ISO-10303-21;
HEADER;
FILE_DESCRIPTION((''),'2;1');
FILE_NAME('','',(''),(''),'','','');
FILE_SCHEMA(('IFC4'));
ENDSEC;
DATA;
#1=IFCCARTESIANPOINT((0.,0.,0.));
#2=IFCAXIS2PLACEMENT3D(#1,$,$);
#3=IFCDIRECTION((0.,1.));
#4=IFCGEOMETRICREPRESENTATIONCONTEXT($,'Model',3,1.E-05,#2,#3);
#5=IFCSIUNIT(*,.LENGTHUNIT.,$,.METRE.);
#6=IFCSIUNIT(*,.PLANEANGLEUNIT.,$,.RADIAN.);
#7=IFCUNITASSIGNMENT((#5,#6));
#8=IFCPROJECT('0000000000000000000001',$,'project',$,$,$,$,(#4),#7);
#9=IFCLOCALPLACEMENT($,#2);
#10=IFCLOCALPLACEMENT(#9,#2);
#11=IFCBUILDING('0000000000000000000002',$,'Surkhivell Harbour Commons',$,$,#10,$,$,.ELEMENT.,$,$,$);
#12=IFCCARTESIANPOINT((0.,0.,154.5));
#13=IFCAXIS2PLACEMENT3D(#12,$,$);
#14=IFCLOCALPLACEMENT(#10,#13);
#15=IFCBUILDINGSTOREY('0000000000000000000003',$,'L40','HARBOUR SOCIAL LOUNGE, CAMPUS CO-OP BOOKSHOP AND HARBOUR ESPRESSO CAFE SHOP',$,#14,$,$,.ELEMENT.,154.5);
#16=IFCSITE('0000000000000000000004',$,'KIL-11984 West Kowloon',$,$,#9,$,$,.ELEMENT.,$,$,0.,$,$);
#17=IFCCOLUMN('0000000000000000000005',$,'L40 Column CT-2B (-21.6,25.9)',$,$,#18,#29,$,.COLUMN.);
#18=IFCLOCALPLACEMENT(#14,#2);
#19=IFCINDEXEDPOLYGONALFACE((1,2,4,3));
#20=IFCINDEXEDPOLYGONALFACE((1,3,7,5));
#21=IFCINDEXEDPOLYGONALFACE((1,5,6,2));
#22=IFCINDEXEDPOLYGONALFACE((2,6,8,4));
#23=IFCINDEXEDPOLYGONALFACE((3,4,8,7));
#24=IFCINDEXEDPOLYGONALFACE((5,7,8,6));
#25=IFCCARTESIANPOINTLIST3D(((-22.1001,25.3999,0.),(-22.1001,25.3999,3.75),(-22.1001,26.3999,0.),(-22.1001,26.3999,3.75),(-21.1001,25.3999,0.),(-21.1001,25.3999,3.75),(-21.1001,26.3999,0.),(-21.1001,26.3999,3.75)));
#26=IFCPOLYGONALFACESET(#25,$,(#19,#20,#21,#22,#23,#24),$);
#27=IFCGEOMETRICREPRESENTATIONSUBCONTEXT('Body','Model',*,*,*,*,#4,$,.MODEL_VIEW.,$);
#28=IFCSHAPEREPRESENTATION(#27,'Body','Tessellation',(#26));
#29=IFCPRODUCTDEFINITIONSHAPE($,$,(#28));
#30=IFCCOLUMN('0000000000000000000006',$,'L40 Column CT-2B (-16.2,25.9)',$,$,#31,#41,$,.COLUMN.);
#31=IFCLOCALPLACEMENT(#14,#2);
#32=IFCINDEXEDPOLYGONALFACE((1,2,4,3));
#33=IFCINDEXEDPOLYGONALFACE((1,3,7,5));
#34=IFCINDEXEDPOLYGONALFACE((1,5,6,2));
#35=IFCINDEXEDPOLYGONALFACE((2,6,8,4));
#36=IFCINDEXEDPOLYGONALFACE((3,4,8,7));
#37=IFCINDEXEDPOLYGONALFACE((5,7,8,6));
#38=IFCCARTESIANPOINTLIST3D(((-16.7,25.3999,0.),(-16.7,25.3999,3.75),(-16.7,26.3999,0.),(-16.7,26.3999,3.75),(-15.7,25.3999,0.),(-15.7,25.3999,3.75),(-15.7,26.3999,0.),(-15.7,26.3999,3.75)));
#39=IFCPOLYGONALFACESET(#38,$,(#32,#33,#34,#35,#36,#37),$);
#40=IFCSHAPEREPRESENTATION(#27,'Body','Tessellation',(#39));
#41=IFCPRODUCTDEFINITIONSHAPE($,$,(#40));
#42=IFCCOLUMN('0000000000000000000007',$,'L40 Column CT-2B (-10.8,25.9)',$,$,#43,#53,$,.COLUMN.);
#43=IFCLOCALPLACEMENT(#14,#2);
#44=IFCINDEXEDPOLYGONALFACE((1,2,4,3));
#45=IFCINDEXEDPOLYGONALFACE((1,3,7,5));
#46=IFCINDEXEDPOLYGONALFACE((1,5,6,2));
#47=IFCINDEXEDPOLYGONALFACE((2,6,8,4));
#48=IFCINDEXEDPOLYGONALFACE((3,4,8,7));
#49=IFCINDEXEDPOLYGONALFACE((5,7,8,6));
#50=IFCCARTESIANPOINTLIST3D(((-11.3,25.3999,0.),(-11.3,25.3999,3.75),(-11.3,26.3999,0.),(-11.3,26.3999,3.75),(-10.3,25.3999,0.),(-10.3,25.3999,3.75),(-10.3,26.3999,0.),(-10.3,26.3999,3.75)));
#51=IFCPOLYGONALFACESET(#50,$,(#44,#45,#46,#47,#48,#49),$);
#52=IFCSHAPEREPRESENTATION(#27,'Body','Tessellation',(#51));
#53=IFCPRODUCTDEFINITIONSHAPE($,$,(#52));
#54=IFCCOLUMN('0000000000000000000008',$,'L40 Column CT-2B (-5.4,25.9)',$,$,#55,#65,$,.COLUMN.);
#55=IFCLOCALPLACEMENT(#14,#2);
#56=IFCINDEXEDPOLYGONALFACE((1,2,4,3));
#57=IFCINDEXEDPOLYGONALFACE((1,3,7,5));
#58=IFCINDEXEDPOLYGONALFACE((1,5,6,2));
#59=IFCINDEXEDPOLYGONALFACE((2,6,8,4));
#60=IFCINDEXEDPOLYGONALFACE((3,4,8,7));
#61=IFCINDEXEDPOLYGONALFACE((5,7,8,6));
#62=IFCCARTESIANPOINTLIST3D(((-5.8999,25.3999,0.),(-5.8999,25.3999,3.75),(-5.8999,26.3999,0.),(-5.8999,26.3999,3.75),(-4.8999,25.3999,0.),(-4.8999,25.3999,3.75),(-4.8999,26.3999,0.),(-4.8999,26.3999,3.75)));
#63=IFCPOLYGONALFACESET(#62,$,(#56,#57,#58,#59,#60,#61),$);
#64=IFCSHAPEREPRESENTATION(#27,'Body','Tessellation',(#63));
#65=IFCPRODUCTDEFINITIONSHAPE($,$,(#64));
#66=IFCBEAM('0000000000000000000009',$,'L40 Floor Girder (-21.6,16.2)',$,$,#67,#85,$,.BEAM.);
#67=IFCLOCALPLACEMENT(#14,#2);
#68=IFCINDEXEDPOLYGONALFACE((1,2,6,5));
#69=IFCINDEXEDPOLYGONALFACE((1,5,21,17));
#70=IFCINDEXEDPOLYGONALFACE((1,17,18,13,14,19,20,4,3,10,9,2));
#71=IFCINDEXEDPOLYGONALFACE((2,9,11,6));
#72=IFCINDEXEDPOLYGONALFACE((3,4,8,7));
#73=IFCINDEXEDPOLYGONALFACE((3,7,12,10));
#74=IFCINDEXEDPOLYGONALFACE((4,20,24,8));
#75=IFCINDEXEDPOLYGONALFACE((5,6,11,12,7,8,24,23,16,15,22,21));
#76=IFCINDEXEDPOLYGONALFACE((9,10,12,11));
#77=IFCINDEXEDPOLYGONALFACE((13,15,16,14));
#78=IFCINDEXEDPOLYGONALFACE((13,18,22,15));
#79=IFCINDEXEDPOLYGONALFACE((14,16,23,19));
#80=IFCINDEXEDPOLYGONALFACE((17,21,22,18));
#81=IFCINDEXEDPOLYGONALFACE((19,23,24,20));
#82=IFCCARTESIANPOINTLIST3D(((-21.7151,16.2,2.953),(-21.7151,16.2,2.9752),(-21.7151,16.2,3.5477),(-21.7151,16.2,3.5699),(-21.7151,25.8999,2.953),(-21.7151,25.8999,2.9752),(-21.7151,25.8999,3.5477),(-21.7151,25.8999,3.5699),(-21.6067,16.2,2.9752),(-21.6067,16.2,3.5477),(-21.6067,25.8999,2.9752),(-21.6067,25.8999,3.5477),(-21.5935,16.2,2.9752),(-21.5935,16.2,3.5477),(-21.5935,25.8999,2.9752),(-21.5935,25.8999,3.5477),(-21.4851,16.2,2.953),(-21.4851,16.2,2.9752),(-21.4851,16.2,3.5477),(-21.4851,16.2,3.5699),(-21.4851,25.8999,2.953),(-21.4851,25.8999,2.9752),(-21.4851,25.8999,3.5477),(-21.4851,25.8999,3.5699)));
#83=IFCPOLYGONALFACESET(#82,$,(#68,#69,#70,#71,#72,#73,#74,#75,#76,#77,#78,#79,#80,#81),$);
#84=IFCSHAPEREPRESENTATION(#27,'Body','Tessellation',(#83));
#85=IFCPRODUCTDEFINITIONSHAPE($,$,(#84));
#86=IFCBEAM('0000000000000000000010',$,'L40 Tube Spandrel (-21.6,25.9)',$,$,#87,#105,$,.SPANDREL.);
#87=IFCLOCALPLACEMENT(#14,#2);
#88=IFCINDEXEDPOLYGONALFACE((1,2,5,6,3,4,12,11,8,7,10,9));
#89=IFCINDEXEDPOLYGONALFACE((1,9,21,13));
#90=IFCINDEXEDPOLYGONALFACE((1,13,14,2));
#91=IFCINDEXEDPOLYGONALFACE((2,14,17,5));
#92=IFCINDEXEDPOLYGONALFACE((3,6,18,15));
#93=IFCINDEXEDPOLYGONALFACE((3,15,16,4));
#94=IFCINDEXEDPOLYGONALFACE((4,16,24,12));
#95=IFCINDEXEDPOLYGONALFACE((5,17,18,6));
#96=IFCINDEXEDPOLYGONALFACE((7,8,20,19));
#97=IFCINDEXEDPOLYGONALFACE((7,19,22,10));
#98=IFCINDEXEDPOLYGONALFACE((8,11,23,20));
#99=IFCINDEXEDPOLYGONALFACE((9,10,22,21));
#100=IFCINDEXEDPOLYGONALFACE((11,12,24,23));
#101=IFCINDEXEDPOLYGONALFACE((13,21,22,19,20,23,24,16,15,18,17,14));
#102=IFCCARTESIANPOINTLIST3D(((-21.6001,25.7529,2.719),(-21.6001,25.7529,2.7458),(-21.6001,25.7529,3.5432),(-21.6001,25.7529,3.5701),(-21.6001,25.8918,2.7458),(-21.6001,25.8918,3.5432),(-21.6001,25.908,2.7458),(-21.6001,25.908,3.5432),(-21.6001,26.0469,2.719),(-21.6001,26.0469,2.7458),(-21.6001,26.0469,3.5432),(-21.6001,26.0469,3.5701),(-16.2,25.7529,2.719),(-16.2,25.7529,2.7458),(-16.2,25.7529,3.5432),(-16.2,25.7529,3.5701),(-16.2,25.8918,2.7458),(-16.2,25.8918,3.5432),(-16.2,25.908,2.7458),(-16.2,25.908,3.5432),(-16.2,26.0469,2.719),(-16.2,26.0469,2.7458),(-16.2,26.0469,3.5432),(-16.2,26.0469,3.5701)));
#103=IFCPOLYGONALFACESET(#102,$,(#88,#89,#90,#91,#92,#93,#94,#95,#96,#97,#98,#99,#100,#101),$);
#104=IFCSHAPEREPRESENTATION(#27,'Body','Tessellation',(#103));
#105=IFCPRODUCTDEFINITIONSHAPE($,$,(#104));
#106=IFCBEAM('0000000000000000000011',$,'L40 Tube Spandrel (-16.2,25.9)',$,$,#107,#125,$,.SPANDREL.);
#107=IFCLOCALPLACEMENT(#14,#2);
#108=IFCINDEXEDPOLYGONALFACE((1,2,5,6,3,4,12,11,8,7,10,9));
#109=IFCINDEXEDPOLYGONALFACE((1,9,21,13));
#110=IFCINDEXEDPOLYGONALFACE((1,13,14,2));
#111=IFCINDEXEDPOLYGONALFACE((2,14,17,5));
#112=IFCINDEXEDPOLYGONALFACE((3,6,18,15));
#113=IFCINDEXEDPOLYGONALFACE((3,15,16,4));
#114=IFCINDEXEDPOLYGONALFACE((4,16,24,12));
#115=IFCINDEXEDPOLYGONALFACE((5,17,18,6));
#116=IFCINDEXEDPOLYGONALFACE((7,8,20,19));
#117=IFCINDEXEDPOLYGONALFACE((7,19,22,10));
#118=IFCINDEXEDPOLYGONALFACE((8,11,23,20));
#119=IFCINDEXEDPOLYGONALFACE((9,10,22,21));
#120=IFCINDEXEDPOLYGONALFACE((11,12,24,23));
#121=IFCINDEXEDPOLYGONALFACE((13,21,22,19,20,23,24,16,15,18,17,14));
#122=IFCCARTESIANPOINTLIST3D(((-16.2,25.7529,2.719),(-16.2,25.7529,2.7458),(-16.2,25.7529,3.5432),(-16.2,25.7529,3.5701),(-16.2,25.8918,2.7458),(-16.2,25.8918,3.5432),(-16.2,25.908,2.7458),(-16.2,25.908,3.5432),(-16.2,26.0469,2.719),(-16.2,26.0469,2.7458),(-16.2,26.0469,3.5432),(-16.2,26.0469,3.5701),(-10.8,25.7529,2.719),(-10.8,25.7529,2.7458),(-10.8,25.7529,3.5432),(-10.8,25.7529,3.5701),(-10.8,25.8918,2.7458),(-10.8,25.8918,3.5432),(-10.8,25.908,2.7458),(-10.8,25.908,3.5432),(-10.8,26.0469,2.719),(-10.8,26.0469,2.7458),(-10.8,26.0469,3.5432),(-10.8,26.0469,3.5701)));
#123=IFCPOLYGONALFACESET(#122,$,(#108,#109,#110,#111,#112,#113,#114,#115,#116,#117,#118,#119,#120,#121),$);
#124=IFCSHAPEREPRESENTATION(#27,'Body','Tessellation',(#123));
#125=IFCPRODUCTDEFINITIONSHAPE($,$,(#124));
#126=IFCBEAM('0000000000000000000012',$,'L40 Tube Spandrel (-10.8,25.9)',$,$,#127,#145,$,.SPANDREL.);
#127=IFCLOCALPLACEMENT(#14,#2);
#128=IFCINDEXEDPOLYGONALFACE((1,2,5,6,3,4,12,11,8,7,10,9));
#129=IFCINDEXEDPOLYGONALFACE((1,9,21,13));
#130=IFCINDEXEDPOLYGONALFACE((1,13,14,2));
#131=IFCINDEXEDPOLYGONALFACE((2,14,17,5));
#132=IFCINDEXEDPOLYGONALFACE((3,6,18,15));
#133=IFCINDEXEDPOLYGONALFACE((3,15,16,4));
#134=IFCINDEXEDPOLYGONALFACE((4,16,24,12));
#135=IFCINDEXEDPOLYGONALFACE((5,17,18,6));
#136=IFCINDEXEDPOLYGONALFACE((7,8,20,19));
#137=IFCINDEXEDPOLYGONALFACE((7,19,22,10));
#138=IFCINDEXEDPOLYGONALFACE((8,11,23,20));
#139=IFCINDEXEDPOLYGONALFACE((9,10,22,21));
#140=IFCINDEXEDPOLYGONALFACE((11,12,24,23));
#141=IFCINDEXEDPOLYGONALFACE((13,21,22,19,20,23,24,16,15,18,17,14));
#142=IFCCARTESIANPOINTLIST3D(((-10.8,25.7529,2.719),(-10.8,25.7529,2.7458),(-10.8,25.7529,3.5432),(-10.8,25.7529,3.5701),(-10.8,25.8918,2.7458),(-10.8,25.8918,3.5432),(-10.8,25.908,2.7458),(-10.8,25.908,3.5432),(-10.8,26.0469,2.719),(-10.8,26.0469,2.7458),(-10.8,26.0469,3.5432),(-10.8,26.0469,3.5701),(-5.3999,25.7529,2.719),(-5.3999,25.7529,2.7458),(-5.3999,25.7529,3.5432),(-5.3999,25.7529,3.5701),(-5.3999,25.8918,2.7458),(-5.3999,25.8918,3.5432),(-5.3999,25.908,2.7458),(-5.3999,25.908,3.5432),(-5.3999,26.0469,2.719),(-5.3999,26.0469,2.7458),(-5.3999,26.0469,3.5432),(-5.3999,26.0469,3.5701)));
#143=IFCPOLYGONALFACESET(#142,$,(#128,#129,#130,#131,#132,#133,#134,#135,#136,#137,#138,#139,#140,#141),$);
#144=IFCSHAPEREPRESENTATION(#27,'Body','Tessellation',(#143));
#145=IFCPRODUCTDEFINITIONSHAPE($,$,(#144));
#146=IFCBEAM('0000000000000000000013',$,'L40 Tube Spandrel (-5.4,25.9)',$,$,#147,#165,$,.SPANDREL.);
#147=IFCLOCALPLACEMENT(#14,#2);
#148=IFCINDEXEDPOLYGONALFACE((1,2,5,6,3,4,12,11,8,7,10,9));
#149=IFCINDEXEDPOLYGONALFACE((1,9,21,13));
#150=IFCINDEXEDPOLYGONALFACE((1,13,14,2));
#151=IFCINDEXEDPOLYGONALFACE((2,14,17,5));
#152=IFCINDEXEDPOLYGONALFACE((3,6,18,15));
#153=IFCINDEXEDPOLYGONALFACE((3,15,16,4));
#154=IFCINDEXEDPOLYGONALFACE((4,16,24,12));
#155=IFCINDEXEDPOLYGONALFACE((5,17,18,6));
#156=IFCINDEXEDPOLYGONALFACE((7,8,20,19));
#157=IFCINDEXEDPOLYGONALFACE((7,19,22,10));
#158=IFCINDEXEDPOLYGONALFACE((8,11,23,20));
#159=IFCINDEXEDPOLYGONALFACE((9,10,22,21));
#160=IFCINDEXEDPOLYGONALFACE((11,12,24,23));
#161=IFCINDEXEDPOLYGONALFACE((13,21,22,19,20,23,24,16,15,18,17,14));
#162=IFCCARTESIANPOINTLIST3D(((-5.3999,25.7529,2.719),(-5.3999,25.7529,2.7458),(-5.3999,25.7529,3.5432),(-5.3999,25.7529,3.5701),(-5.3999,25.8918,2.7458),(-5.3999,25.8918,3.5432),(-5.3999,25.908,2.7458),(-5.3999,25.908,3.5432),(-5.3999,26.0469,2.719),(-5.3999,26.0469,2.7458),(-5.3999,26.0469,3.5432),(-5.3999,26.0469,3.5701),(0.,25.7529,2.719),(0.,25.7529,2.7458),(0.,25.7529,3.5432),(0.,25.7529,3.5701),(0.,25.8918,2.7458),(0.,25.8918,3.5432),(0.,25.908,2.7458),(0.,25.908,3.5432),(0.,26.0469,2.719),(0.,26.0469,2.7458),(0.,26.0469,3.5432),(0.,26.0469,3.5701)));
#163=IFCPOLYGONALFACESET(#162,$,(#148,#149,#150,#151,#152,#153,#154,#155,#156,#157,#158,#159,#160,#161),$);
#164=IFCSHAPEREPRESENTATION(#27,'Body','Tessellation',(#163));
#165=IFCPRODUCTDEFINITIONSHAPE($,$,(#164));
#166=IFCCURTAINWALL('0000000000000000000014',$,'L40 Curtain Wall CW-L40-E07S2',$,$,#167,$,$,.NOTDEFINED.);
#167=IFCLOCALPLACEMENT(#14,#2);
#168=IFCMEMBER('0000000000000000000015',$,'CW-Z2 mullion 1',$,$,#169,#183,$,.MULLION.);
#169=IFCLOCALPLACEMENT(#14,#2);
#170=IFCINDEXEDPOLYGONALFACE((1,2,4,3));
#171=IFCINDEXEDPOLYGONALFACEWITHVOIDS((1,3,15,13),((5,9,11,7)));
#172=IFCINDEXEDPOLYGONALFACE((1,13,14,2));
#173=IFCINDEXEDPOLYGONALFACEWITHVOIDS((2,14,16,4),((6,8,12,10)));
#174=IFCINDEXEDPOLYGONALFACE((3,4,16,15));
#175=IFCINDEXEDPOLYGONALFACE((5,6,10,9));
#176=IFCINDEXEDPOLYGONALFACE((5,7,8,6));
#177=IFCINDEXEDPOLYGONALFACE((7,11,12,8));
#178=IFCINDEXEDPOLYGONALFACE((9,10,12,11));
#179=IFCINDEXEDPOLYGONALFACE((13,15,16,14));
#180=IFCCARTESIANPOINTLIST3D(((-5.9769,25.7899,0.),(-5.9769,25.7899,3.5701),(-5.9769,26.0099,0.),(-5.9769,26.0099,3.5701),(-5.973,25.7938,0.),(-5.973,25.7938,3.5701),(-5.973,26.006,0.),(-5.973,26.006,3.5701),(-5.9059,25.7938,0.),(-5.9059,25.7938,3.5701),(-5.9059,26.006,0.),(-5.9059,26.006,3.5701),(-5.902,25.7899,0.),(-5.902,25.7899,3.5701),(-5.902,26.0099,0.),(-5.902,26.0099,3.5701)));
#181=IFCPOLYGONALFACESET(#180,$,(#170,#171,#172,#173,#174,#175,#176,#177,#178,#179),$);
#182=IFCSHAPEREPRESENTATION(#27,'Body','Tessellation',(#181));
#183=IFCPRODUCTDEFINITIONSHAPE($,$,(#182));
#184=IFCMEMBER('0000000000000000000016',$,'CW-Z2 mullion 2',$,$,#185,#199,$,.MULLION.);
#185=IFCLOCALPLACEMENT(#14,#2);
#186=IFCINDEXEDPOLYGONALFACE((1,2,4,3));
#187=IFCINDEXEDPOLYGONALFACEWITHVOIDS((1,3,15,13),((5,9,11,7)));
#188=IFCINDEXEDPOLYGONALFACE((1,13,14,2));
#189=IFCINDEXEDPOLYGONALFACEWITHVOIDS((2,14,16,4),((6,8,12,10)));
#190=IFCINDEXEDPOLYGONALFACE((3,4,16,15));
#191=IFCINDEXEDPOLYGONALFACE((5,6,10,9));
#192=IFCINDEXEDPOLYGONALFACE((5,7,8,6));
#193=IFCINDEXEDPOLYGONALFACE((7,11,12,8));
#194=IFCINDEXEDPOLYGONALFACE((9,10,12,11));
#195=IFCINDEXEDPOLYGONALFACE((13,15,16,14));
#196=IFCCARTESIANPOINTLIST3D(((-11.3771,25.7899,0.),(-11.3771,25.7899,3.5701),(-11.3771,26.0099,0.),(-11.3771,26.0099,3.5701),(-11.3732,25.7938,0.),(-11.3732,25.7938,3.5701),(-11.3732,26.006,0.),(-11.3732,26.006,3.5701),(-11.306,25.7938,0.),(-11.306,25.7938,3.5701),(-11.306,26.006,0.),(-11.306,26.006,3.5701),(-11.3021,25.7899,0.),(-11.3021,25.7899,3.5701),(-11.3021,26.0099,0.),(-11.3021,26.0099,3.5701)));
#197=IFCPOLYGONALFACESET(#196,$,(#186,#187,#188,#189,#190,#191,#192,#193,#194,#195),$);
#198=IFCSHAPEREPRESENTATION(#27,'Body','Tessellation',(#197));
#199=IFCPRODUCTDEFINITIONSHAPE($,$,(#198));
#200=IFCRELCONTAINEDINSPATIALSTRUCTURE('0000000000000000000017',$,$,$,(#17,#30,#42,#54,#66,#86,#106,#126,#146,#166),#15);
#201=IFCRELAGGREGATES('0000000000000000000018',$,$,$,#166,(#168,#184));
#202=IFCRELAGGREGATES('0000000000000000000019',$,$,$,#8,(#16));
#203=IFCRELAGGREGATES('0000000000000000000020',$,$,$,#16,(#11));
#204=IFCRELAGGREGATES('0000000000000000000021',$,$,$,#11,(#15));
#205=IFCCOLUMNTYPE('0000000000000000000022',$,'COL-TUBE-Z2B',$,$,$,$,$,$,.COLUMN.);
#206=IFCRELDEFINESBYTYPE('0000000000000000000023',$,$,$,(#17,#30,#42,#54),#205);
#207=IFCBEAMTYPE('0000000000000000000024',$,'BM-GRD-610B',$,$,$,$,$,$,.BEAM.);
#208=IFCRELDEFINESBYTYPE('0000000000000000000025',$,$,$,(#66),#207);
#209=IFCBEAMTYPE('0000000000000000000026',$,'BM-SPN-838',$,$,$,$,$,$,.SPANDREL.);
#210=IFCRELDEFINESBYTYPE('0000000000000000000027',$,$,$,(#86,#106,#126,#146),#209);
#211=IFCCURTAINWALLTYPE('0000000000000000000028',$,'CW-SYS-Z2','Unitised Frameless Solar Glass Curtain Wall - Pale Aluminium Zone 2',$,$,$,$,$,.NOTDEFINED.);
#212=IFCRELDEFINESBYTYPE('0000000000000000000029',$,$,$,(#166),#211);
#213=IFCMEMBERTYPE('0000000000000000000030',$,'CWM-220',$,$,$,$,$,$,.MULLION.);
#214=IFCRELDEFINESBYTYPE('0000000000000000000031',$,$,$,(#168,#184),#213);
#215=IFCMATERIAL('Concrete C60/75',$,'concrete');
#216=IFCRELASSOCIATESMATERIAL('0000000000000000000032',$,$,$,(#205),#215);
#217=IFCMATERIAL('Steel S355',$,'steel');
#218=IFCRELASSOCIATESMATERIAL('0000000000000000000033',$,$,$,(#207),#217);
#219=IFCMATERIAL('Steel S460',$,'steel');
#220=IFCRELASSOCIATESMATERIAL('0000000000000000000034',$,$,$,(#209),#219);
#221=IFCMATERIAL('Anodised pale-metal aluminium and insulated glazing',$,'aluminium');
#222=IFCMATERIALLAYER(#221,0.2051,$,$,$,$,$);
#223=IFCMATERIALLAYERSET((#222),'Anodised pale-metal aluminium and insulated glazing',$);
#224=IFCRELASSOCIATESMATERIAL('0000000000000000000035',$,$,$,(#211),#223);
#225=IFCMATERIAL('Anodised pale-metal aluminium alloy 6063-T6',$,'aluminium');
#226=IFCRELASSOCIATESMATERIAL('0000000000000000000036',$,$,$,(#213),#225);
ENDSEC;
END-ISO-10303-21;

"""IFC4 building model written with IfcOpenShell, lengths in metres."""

from ifc_helpers import new_model, si_unit, direction, frame, origin, origin_2d, place, context, subcontext, project, spatial, rectangle, hollow_rectangle, i_section, extrude, material, layer, layer_set, material_profile, profile_set, type_object, element, aggregate, save


model = new_model("IFC4")

# Units and contexts
model_context = context("Model", 3, precision=1e-05, world=origin(), true_north=direction((0.0, 1.0)))
body_context = subcontext(model_context, "Body", "Model", "MODEL_VIEW")
ifc_project = project(units=[si_unit("LENGTHUNIT", "METRE"), si_unit("PLANEANGLEUNIT", "RADIAN")], contexts=[model_context])

# Site, building, storey
site_placement = place(None, origin())
site = spatial("IfcSite", under=ifc_project, at=site_placement, Name="KIL-11984 West Kowloon", CompositionType="ELEMENT", RefElevation=0.0)
building_placement = place(site_placement, origin())
building = spatial("IfcBuilding", under=site, at=building_placement, Name="Surkhivell Harbour Commons", CompositionType="ELEMENT")
storey_placement = place(building_placement, frame((0.0, 0.0, 154.5)))
storey = spatial("IfcBuildingStorey", under=building, at=storey_placement, Name="L40", Description="HARBOUR SOCIAL LOUNGE, CAMPUS CO-OP BOOKSHOP AND HARBOUR ESPRESSO CAFE SHOP", CompositionType="ELEMENT", Elevation=154.5)

# Columns
ifc_material_1 = material(Name="Concrete C60/75", Category="concrete")
ifc_material_profile_1 = material_profile(ifc_material_1, rectangle(XDim=1.0, YDim=1.0, at=origin_2d()), Name="RC-COL-1000x1000")
ifc_profile_set_1 = profile_set([ifc_material_profile_1], Name="Concrete C60/75")
column_type = type_object("IfcColumnType", Name="COL-TUBE-Z2B", PredefinedType="COLUMN", material=ifc_profile_set_1)
for number, where, z_axis, x_axis, name in (
    (1, (-21.6001, 25.8999, 0.0), (0.0, 0.0, 1.0), (1.0, 0.0, 0.0), "L40 Column CT-2B (-21.6,25.9)"),
    (2, (-16.2, 25.8999, 0.0), (0.0, 0.0, 1.0), (1.0, 0.0, 0.0), "L40 Column CT-2B (-16.2,25.9)"),
    (3, (-10.8, 25.8999, 0.0), (0.0, 0.0, 1.0), (1.0, 0.0, 0.0), "L40 Column CT-2B (-10.8,25.9)"),
    (4, (-5.3999, 25.8999, 0.0), (0.0, 0.0, 1.0), (1.0, 0.0, 0.0), "L40 Column CT-2B (-5.4,25.9)"),
):
    element("IfcColumn", number, at=place(storey_placement, frame(where, z_axis=z_axis, x_axis=x_axis)), inside=storey, type_object=column_type, Name=name, PredefinedType="COLUMN", context=body_context, shape_type="SweptSolid", body=[
        extrude(rectangle(XDim=1.0, YDim=1.0, at=origin_2d()), origin(), (0.0, 0.0, 1.0), 3.75),
    ])

# Beams
ifc_material_2 = material(Name="Steel S355", Category="steel")
ifc_material_profile_2 = material_profile(ifc_material_2, i_section(OverallWidth=0.23, OverallDepth=0.6169, WebThickness=0.0132, FlangeThickness=0.0222, at=origin_2d()), Name="UB610x229x140")
ifc_profile_set_2 = profile_set([ifc_material_profile_2], Name="Steel S355")
beam_type_1 = type_object("IfcBeamType", Name="BM-GRD-610B", PredefinedType="BEAM", material=ifc_profile_set_2)
beam_1_placement = place(storey_placement, frame((-21.6001, 16.2, 3.2615), z_axis=(0.0, 1.0, 0.0), x_axis=(-1.0, 0.0, 0.0)))
element("IfcBeam", 5, at=beam_1_placement, inside=storey, type_object=beam_type_1, Name="L40 Floor Girder (-21.6,16.2)", PredefinedType="BEAM", context=body_context, shape_type="SweptSolid", body=[
    extrude(i_section(OverallWidth=0.23, OverallDepth=0.6169, WebThickness=0.0132, FlangeThickness=0.0222, at=origin_2d()), origin(), (0.0, 0.0, 1.0), 9.7),
])
ifc_material_3 = material(Name="Steel S460", Category="steel")
ifc_material_profile_3 = material_profile(ifc_material_3, i_section(OverallWidth=0.2939, OverallDepth=0.8511, WebThickness=0.0161, FlangeThickness=0.0269, at=origin_2d()), Name="UB838x292x226")
ifc_profile_set_3 = profile_set([ifc_material_profile_3], Name="Steel S460")
beam_type_2 = type_object("IfcBeamType", Name="BM-SPN-838", PredefinedType="SPANDREL", material=ifc_profile_set_3)
beam_2_placement = place(storey_placement, frame((-21.6001, 25.8999, 3.1445), z_axis=(1.0, 0.0, 0.0), x_axis=(0.0, 1.0, 0.0)))
element("IfcBeam", 6, at=beam_2_placement, inside=storey, type_object=beam_type_2, Name="L40 Tube Spandrel (-21.6,25.9)", PredefinedType="SPANDREL", context=body_context, shape_type="SweptSolid", body=[
    extrude(i_section(OverallWidth=0.2939, OverallDepth=0.8511, WebThickness=0.0161, FlangeThickness=0.0269, at=origin_2d()), origin(), (0.0, 0.0, 1.0), 5.4001),
])
beam_3_placement = place(storey_placement, frame((-16.2, 25.8999, 3.1445), z_axis=(1.0, 0.0, 0.0), x_axis=(0.0, 1.0, 0.0)))
element("IfcBeam", 7, at=beam_3_placement, inside=storey, type_object=beam_type_2, Name="L40 Tube Spandrel (-16.2,25.9)", PredefinedType="SPANDREL", context=body_context, shape_type="SweptSolid", body=[
    extrude(i_section(OverallWidth=0.2939, OverallDepth=0.8511, WebThickness=0.0161, FlangeThickness=0.0269, at=origin_2d()), origin(), (0.0, 0.0, 1.0), 5.3999),
])
beam_4_placement = place(storey_placement, frame((-10.8, 25.8999, 3.1445), z_axis=(1.0, 0.0, 0.0), x_axis=(0.0, 1.0, 0.0)))
element("IfcBeam", 8, at=beam_4_placement, inside=storey, type_object=beam_type_2, Name="L40 Tube Spandrel (-10.8,25.9)", PredefinedType="SPANDREL", context=body_context, shape_type="SweptSolid", body=[
    extrude(i_section(OverallWidth=0.2939, OverallDepth=0.8511, WebThickness=0.0161, FlangeThickness=0.0269, at=origin_2d()), origin(), (0.0, 0.0, 1.0), 5.4001),
])
beam_5_placement = place(storey_placement, frame((-5.3999, 25.8999, 3.1445), z_axis=(1.0, 0.0, 0.0), x_axis=(0.0, 1.0, 0.0)))
element("IfcBeam", 9, at=beam_5_placement, inside=storey, type_object=beam_type_2, Name="L40 Tube Spandrel (-5.4,25.9)", PredefinedType="SPANDREL", context=body_context, shape_type="SweptSolid", body=[
    extrude(i_section(OverallWidth=0.2939, OverallDepth=0.8511, WebThickness=0.0161, FlangeThickness=0.0269, at=origin_2d()), origin(), (0.0, 0.0, 1.0), 5.3999),
])

# Curtain wall, members
ifc_material_4 = material(Name="Anodised pale-metal aluminium and insulated glazing", Category="aluminium")
ifc_layer_1 = layer(ifc_material_4, 0.2051)
ifc_layer_set_1 = layer_set([ifc_layer_1], Name="Anodised pale-metal aluminium and insulated glazing")
curtain_wall_type = type_object("IfcCurtainWallType", Name="CW-SYS-Z2", Description="Unitised Frameless Solar Glass Curtain Wall - Pale Aluminium Zone 2", PredefinedType="NOTDEFINED", material=ifc_layer_set_1)
curtain_wall_placement = place(storey_placement, origin())
curtain_wall = element("IfcCurtainWall", 10, at=curtain_wall_placement, inside=storey, type_object=curtain_wall_type, Name="L40 Curtain Wall CW-L40-E07S2", PredefinedType="NOTDEFINED")
ifc_material_5 = material(Name="Anodised pale-metal aluminium alloy 6063-T6", Category="aluminium")
ifc_material_profile_4 = material_profile(ifc_material_5, hollow_rectangle(XDim=0.075, YDim=0.22, WallThickness=0.0039, at=origin_2d()), Name="ALU-MULL-75x220")
ifc_profile_set_4 = profile_set([ifc_material_profile_4], Name="Anodised pale-metal aluminium alloy 6063-T6")
member_type_1 = type_object("IfcMemberType", Name="CWM-220", PredefinedType="MULLION", material=ifc_profile_set_4)
member_1_placement = place(storey_placement, frame((-5.9395, 25.8999, 0.0), z_axis=(0.0, 0.0, 1.0), x_axis=(-1.0, 0.0, 0.0)))
member_1 = element("IfcMember", 11, at=member_1_placement, type_object=member_type_1, Name="CW-Z2 mullion 1", PredefinedType="MULLION", context=body_context, shape_type="SweptSolid", body=[
    extrude(hollow_rectangle(XDim=0.075, YDim=0.22, WallThickness=0.0039, at=origin_2d()), origin(), (0.0, 0.0, 1.0), 3.5701),
])
member_2_placement = place(storey_placement, frame((-11.3396, 25.8999, 0.0), z_axis=(0.0, 0.0, 1.0), x_axis=(-1.0, 0.0, 0.0)))
member_2 = element("IfcMember", 12, at=member_2_placement, type_object=member_type_1, Name="CW-Z2 mullion 2", PredefinedType="MULLION", context=body_context, shape_type="SweptSolid", body=[
    extrude(hollow_rectangle(XDim=0.075, YDim=0.22, WallThickness=0.0039, at=origin_2d()), origin(), (0.0, 0.0, 1.0), 3.5701),
])

aggregate(curtain_wall, [member_1, member_2])

save(model, "model.ifc")
